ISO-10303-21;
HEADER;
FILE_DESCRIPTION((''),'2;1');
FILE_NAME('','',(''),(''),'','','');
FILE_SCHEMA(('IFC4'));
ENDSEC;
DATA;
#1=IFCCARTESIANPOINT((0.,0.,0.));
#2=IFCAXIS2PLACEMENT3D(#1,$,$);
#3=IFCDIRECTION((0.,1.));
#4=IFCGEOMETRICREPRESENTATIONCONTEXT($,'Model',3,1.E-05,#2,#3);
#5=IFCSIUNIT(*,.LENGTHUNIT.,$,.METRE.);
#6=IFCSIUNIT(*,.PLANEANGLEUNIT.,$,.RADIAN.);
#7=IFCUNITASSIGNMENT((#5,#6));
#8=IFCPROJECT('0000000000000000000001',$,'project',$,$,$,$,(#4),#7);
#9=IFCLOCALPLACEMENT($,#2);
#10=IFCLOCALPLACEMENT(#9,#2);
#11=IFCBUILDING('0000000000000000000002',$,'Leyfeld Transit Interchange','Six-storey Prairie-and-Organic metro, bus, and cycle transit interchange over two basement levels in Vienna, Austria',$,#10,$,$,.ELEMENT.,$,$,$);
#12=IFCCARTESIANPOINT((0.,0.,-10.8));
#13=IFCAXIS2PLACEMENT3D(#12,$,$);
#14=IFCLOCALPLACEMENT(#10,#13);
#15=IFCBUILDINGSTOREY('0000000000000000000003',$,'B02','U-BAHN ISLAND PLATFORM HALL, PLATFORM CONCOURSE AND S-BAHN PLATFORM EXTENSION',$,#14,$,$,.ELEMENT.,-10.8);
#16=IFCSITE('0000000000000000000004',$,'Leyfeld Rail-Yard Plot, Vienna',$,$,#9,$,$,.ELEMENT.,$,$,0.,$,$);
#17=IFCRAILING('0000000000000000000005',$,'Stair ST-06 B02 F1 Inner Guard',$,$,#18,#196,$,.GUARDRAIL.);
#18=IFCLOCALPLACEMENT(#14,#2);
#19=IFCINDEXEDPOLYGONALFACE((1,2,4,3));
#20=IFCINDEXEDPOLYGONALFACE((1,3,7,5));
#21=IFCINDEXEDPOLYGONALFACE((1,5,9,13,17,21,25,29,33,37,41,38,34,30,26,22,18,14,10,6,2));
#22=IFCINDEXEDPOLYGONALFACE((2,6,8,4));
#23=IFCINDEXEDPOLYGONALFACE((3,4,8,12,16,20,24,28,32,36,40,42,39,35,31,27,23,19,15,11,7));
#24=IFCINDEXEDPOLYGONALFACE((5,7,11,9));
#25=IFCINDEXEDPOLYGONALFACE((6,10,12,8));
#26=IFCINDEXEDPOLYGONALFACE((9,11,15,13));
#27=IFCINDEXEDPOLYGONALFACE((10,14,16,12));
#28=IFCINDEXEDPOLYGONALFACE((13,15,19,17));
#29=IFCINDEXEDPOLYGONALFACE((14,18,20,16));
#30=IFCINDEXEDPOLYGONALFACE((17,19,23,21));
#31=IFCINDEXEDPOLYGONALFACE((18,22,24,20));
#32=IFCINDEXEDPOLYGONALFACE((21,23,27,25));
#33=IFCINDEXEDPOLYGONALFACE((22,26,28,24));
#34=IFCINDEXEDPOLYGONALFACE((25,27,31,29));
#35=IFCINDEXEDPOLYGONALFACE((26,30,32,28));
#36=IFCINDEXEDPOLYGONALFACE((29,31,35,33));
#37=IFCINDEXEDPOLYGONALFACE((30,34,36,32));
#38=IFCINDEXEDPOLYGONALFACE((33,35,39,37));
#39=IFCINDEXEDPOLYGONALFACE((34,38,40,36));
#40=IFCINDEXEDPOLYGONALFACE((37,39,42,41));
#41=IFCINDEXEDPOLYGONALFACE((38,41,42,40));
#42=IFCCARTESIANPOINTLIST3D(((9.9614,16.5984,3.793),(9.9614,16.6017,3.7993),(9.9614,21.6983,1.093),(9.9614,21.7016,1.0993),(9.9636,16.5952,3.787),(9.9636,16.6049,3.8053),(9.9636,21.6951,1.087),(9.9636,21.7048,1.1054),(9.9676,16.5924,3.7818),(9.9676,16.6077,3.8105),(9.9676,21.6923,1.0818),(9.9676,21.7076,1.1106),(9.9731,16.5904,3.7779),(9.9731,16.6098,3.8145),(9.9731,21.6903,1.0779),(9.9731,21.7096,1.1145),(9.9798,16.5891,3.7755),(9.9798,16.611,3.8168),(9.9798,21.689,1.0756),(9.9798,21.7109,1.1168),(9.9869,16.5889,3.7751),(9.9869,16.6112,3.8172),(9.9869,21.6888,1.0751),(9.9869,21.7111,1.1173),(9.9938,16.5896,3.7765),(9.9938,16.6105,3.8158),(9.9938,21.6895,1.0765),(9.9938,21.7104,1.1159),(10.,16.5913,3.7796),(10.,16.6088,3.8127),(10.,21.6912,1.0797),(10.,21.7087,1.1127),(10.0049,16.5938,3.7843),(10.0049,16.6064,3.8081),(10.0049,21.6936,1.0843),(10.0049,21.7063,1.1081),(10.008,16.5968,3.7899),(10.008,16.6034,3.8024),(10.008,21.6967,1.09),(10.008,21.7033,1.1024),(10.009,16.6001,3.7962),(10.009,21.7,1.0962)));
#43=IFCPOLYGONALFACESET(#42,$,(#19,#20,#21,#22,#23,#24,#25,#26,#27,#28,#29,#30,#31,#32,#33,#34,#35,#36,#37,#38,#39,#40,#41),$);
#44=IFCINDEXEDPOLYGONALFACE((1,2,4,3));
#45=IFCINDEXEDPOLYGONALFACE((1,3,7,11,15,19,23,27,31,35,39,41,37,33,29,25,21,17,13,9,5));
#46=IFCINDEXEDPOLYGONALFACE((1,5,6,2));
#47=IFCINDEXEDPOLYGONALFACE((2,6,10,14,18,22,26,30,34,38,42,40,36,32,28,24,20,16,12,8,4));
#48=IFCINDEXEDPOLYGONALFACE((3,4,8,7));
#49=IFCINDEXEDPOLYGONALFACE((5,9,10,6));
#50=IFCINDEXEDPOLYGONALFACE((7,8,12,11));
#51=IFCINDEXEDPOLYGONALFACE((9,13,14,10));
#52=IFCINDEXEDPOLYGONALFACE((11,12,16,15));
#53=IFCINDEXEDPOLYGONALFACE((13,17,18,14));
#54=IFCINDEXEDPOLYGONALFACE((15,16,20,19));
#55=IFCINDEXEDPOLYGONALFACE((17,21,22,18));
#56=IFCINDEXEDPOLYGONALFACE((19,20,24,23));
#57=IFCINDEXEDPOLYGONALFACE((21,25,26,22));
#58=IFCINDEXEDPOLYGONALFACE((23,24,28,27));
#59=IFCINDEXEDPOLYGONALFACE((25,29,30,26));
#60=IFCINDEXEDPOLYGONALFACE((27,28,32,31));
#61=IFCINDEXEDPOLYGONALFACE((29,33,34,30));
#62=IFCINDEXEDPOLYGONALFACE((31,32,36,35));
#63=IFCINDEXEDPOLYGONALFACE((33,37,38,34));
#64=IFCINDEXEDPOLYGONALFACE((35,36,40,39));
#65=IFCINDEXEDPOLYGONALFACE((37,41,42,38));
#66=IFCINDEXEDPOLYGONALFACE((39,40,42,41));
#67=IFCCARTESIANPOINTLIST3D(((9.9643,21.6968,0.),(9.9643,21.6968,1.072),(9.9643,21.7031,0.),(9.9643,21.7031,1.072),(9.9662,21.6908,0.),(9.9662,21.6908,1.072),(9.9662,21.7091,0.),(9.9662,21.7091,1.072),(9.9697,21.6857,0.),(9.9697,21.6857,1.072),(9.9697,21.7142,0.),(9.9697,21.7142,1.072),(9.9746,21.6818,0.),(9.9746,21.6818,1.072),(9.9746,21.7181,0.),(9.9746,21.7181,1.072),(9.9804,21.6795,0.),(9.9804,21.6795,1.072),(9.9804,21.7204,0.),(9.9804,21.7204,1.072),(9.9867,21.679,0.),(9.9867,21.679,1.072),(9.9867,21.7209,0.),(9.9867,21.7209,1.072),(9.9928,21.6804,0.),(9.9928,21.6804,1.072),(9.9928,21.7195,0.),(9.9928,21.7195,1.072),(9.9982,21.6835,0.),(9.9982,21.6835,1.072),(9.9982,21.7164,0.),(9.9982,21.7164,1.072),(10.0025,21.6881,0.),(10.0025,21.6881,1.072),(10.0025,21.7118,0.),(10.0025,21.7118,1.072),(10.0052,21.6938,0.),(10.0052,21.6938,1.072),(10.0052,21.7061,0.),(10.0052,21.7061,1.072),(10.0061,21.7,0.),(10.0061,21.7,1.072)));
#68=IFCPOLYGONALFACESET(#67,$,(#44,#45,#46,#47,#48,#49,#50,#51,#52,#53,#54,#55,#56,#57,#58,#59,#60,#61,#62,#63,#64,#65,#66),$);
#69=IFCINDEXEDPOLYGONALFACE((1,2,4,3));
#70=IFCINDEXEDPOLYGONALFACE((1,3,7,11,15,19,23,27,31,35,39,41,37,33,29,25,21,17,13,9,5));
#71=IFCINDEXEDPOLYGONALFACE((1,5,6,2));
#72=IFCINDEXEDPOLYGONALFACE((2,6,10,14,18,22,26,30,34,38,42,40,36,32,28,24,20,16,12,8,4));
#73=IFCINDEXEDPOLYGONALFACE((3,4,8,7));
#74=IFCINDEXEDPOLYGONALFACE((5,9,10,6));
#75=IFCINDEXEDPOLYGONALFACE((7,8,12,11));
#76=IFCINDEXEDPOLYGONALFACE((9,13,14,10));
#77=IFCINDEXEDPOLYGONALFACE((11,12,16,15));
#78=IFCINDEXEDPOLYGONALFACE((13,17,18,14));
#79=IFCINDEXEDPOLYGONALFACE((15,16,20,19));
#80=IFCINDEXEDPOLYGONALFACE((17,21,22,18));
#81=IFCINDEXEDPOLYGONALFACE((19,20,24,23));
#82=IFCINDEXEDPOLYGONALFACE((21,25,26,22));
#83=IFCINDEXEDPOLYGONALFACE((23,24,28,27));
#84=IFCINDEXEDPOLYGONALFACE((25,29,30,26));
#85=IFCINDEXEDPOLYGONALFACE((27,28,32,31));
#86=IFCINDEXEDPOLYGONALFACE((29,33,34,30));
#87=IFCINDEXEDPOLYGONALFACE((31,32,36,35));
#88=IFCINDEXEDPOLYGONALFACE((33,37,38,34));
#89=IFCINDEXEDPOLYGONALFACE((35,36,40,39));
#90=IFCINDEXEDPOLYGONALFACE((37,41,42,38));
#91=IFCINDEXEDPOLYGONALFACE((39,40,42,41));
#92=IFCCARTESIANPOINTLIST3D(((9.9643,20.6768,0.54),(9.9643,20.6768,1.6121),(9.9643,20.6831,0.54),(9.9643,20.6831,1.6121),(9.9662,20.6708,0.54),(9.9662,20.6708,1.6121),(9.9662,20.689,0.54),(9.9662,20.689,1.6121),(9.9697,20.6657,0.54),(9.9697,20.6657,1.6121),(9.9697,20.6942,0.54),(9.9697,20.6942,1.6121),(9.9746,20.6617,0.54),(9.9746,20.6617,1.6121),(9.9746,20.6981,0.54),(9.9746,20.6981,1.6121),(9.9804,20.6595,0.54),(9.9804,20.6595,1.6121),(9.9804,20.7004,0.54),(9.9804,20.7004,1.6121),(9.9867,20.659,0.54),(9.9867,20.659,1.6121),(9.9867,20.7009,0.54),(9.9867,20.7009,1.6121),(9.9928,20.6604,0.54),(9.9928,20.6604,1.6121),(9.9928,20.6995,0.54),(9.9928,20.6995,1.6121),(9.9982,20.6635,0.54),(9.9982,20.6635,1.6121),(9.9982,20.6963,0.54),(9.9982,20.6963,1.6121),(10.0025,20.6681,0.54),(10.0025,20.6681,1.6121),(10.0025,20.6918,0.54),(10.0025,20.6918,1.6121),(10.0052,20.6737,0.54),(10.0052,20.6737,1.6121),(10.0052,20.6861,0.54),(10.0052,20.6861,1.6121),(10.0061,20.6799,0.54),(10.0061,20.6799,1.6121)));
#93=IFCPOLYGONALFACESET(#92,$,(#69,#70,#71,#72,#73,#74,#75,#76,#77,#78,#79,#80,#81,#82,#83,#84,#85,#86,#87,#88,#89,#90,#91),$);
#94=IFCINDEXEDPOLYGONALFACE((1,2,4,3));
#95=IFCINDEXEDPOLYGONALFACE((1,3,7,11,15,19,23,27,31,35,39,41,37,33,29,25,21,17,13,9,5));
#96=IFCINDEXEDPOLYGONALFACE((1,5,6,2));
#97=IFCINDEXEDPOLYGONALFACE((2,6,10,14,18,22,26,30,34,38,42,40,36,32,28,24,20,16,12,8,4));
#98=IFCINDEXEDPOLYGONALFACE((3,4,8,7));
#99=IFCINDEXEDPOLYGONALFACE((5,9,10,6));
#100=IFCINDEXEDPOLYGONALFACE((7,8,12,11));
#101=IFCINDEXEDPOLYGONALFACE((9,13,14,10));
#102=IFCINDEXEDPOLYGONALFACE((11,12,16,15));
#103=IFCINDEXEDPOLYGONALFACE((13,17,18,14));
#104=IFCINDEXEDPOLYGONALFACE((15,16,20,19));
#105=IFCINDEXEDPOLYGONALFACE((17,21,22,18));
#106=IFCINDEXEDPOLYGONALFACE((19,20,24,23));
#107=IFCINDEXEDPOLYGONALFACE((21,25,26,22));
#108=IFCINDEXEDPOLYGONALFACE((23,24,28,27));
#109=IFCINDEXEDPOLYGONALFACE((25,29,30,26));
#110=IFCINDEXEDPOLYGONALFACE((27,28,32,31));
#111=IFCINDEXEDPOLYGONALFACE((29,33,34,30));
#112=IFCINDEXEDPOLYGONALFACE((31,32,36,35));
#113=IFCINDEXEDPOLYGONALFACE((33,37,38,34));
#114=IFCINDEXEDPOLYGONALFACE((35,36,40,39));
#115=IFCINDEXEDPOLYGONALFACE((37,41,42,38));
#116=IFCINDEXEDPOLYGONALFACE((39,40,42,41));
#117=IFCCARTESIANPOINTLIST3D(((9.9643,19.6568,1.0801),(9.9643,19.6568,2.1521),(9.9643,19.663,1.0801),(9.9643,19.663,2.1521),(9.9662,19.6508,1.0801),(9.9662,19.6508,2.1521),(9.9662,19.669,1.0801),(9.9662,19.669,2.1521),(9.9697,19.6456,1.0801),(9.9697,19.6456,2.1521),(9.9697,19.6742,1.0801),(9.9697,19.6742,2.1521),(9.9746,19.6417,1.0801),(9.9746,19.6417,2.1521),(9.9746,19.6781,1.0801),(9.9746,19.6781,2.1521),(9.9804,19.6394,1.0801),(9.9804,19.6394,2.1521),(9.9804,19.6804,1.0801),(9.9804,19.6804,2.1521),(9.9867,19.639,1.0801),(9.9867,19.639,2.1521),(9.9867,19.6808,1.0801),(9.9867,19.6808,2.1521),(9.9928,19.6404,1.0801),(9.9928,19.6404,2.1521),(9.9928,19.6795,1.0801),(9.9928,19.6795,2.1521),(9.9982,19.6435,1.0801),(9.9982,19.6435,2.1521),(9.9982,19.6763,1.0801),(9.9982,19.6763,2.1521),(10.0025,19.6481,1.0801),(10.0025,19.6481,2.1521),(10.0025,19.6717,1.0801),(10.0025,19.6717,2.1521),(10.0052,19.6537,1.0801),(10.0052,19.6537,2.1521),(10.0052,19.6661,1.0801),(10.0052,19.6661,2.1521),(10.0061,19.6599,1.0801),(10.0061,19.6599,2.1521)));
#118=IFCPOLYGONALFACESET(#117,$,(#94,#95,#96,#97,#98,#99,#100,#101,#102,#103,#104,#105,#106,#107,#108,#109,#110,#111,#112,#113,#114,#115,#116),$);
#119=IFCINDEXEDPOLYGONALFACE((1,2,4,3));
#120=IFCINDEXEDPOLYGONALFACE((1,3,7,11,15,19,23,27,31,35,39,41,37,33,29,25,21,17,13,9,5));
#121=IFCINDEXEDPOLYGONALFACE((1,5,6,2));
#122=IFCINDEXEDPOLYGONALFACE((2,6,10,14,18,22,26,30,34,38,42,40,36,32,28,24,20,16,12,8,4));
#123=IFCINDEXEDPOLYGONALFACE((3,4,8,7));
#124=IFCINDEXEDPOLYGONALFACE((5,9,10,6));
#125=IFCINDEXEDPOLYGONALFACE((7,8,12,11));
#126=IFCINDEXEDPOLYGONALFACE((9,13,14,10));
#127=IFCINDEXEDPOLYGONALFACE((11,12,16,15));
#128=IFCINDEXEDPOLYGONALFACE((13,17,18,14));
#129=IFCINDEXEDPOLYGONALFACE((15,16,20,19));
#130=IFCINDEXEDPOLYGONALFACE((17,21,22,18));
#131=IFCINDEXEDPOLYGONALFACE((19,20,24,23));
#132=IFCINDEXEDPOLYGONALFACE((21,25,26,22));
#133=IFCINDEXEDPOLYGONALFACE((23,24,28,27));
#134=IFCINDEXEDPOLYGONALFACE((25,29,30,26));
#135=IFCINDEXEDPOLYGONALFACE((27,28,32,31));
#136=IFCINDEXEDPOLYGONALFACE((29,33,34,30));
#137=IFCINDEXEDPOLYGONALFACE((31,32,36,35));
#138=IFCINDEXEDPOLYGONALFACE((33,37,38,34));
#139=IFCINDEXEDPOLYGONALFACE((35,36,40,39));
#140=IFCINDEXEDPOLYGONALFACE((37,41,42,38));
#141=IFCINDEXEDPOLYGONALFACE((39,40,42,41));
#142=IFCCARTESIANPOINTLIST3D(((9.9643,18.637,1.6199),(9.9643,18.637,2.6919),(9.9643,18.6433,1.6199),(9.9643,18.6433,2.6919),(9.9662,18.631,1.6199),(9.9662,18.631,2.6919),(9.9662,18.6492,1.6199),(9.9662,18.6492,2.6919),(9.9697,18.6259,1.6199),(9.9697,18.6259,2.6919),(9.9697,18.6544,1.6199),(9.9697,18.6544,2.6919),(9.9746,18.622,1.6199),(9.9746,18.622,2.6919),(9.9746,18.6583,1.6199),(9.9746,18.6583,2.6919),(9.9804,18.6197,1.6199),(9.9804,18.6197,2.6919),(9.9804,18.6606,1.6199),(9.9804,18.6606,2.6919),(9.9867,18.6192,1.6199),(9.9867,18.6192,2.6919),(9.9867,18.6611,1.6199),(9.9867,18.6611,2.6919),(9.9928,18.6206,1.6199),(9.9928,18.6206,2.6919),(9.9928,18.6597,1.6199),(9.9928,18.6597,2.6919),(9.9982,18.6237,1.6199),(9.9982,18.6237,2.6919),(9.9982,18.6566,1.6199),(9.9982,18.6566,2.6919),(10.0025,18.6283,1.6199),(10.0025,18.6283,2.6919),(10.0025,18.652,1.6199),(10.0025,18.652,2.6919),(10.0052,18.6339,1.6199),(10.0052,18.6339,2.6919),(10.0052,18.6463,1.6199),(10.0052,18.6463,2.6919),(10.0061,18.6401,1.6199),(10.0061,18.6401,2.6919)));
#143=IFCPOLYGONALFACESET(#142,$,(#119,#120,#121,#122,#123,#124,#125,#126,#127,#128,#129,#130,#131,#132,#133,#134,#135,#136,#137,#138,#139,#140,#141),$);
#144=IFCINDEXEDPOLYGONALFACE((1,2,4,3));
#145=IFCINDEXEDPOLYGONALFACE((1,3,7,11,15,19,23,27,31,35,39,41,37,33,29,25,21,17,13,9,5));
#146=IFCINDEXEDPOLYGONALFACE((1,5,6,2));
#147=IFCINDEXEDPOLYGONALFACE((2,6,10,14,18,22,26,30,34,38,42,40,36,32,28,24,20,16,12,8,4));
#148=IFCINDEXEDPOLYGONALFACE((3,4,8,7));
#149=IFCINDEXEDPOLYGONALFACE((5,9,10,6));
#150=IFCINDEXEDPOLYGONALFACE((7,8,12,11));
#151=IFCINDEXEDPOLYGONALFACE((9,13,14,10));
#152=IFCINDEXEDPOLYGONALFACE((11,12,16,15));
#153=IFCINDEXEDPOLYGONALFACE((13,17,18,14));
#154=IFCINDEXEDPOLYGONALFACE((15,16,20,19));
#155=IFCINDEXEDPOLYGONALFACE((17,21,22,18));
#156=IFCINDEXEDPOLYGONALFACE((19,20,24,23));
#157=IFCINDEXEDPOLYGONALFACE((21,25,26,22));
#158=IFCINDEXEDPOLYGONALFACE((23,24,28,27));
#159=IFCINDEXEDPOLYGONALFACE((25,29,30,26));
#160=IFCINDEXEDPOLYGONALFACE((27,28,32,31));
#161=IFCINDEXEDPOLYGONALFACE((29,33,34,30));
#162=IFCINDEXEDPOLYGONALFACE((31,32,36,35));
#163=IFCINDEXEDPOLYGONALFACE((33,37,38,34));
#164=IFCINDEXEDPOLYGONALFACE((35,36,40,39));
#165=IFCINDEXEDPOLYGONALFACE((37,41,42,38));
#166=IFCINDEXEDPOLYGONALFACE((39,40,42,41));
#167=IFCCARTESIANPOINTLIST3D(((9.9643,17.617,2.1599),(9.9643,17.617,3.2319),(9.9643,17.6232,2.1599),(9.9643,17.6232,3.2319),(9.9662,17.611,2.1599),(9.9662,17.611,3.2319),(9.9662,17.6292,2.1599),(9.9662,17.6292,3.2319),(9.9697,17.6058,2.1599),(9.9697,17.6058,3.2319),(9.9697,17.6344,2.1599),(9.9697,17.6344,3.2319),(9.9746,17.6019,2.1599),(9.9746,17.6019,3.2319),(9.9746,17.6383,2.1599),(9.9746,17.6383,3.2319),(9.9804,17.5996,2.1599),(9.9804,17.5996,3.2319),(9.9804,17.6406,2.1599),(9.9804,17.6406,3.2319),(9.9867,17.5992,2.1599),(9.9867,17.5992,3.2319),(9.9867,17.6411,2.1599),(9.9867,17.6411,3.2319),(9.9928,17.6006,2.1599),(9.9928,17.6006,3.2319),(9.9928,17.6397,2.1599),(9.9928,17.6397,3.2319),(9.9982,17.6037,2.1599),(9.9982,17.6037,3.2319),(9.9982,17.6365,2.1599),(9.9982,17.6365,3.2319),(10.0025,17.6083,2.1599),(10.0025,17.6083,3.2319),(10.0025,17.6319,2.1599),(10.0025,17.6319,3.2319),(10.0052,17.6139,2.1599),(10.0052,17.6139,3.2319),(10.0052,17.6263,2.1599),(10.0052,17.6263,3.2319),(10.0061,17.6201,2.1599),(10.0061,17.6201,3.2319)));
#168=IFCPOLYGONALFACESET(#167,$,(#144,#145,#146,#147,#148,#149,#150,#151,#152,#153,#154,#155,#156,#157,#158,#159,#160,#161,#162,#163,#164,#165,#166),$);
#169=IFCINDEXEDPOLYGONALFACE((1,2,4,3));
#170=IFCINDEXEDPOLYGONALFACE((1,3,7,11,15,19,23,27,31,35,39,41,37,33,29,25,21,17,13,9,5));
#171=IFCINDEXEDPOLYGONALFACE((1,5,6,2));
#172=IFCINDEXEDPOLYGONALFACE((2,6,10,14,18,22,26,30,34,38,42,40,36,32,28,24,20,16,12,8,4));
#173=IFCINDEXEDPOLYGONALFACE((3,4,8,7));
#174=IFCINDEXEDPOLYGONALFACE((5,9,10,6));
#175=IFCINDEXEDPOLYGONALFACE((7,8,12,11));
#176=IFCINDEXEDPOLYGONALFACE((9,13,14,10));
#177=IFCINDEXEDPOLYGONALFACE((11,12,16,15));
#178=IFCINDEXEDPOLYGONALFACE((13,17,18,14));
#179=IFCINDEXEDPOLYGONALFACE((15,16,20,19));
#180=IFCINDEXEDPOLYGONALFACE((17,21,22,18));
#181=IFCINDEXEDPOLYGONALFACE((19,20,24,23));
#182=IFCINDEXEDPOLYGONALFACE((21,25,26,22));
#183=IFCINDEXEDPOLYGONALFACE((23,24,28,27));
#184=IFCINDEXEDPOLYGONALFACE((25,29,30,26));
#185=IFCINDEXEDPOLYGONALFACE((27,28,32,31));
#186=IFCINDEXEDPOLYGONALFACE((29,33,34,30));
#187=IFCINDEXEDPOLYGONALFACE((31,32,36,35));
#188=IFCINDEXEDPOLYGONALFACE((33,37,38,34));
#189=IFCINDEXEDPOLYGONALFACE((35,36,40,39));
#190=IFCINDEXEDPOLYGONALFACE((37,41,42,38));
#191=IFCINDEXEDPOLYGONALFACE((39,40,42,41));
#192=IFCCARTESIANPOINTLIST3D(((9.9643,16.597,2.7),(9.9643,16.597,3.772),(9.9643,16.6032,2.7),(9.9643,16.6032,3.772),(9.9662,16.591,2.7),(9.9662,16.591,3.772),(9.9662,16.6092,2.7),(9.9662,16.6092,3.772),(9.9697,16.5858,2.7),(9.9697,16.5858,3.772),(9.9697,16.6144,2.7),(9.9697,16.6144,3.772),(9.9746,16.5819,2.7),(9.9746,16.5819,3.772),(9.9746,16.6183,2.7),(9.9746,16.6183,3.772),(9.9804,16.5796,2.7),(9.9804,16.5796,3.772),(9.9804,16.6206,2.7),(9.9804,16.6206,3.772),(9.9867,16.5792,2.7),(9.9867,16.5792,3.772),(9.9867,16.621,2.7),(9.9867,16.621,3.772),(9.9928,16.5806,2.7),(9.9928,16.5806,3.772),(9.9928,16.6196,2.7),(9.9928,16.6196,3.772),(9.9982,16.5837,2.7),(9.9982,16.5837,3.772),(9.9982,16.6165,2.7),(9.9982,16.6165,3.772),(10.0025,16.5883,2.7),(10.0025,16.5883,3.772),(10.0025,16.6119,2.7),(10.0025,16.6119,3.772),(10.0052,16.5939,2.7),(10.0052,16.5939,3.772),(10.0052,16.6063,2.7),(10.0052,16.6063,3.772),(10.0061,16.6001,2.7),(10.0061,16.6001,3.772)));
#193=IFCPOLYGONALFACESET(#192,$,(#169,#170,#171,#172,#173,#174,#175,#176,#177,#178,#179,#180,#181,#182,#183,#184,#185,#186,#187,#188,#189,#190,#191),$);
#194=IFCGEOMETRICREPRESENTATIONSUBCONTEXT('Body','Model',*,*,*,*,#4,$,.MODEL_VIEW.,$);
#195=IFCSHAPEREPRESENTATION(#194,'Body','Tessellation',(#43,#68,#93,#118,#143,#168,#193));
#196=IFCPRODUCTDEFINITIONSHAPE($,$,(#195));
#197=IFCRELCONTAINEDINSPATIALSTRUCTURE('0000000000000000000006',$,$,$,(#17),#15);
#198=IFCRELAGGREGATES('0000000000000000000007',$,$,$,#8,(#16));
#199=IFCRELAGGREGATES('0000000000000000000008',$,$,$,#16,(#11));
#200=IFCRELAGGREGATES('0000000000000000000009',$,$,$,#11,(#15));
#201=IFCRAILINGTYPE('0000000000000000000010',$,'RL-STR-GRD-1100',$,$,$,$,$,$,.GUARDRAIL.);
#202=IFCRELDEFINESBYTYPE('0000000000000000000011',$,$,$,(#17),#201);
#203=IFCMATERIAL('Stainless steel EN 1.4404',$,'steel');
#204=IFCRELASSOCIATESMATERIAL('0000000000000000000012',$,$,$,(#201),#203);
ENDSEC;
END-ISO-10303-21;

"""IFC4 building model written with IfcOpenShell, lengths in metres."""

from ifc_helpers import new_model, si_unit, direction, frame, origin, origin_2d, place, context, subcontext, project, spatial, circle, extrude, material, type_object, element, save


model = new_model("IFC4")

# Units and contexts
model_context = context("Model", 3, precision=1e-05, world=origin(), true_north=direction((0.0, 1.0)))
body_context = subcontext(model_context, "Body", "Model", "MODEL_VIEW")
ifc_project = project(units=[si_unit("LENGTHUNIT", "METRE"), si_unit("PLANEANGLEUNIT", "RADIAN")], contexts=[model_context])

# Site, building, storey
site_placement = place(None, origin())
site = spatial("IfcSite", under=ifc_project, at=site_placement, Name="Leyfeld Rail-Yard Plot, Vienna", CompositionType="ELEMENT", RefElevation=0.0)
building_placement = place(site_placement, origin())
building = spatial("IfcBuilding", under=site, at=building_placement, Name="Leyfeld Transit Interchange", Description="Six-storey Prairie-and-Organic metro, bus, and cycle transit interchange over two basement levels in Vienna, Austria", CompositionType="ELEMENT")
storey_placement = place(building_placement, frame((0.0, 0.0, -10.8)))
storey = spatial("IfcBuildingStorey", under=building, at=storey_placement, Name="B02", Description="U-BAHN ISLAND PLATFORM HALL, PLATFORM CONCOURSE AND S-BAHN PLATFORM EXTENSION", CompositionType="ELEMENT", Elevation=-10.8)

# Railing
ifc_material_1 = material(Name="Stainless steel EN 1.4404", Category="steel")
railing_type_1 = type_object("IfcRailingType", Name="RL-STR-GRD-1100", PredefinedType="GUARDRAIL", material=ifc_material_1)
for number, where, name in (
    (1, (9.9851, 21.7, 0.0), "Stair ST-06 B02 F1 Inner Guard"),
):
    element("IfcRailing", number, at=place(storey_placement, frame(where)), inside=storey, type_object=railing_type_1, Name=name, PredefinedType="GUARDRAIL", context=body_context, shape_type="SweptSolid", body=[
        extrude(circle(Radius=0.0239, at=origin_2d()), frame((0.0, 0.0, 1.0962), z_axis=(0.0, -0.883786, 0.467892), x_axis=(1.0, 0.0, 0.0)), (0.0, 0.0, 1.0), 5.7705),
        extrude(circle(Radius=0.021, at=origin_2d()), origin(), (0.0, 0.0, 1.0), 1.072),
        extrude(circle(Radius=0.021, at=origin_2d()), frame((0.0, -1.02, 0.54)), (0.0, 0.0, 1.0), 1.072),
        extrude(circle(Radius=0.021, at=origin_2d()), frame((0.0, -2.04, 1.0801)), (0.0, 0.0, 1.0), 1.072),
        extrude(circle(Radius=0.021, at=origin_2d()), frame((0.0, -3.0598, 1.6199)), (0.0, 0.0, 1.0), 1.072),
        extrude(circle(Radius=0.021, at=origin_2d()), frame((0.0, -4.0798, 2.1599)), (0.0, 0.0, 1.0), 1.072),
        extrude(circle(Radius=0.021, at=origin_2d()), frame((0.0, -5.0999, 2.7)), (0.0, 0.0, 1.0), 1.072),
    ])

save(model, "model.ifc")
